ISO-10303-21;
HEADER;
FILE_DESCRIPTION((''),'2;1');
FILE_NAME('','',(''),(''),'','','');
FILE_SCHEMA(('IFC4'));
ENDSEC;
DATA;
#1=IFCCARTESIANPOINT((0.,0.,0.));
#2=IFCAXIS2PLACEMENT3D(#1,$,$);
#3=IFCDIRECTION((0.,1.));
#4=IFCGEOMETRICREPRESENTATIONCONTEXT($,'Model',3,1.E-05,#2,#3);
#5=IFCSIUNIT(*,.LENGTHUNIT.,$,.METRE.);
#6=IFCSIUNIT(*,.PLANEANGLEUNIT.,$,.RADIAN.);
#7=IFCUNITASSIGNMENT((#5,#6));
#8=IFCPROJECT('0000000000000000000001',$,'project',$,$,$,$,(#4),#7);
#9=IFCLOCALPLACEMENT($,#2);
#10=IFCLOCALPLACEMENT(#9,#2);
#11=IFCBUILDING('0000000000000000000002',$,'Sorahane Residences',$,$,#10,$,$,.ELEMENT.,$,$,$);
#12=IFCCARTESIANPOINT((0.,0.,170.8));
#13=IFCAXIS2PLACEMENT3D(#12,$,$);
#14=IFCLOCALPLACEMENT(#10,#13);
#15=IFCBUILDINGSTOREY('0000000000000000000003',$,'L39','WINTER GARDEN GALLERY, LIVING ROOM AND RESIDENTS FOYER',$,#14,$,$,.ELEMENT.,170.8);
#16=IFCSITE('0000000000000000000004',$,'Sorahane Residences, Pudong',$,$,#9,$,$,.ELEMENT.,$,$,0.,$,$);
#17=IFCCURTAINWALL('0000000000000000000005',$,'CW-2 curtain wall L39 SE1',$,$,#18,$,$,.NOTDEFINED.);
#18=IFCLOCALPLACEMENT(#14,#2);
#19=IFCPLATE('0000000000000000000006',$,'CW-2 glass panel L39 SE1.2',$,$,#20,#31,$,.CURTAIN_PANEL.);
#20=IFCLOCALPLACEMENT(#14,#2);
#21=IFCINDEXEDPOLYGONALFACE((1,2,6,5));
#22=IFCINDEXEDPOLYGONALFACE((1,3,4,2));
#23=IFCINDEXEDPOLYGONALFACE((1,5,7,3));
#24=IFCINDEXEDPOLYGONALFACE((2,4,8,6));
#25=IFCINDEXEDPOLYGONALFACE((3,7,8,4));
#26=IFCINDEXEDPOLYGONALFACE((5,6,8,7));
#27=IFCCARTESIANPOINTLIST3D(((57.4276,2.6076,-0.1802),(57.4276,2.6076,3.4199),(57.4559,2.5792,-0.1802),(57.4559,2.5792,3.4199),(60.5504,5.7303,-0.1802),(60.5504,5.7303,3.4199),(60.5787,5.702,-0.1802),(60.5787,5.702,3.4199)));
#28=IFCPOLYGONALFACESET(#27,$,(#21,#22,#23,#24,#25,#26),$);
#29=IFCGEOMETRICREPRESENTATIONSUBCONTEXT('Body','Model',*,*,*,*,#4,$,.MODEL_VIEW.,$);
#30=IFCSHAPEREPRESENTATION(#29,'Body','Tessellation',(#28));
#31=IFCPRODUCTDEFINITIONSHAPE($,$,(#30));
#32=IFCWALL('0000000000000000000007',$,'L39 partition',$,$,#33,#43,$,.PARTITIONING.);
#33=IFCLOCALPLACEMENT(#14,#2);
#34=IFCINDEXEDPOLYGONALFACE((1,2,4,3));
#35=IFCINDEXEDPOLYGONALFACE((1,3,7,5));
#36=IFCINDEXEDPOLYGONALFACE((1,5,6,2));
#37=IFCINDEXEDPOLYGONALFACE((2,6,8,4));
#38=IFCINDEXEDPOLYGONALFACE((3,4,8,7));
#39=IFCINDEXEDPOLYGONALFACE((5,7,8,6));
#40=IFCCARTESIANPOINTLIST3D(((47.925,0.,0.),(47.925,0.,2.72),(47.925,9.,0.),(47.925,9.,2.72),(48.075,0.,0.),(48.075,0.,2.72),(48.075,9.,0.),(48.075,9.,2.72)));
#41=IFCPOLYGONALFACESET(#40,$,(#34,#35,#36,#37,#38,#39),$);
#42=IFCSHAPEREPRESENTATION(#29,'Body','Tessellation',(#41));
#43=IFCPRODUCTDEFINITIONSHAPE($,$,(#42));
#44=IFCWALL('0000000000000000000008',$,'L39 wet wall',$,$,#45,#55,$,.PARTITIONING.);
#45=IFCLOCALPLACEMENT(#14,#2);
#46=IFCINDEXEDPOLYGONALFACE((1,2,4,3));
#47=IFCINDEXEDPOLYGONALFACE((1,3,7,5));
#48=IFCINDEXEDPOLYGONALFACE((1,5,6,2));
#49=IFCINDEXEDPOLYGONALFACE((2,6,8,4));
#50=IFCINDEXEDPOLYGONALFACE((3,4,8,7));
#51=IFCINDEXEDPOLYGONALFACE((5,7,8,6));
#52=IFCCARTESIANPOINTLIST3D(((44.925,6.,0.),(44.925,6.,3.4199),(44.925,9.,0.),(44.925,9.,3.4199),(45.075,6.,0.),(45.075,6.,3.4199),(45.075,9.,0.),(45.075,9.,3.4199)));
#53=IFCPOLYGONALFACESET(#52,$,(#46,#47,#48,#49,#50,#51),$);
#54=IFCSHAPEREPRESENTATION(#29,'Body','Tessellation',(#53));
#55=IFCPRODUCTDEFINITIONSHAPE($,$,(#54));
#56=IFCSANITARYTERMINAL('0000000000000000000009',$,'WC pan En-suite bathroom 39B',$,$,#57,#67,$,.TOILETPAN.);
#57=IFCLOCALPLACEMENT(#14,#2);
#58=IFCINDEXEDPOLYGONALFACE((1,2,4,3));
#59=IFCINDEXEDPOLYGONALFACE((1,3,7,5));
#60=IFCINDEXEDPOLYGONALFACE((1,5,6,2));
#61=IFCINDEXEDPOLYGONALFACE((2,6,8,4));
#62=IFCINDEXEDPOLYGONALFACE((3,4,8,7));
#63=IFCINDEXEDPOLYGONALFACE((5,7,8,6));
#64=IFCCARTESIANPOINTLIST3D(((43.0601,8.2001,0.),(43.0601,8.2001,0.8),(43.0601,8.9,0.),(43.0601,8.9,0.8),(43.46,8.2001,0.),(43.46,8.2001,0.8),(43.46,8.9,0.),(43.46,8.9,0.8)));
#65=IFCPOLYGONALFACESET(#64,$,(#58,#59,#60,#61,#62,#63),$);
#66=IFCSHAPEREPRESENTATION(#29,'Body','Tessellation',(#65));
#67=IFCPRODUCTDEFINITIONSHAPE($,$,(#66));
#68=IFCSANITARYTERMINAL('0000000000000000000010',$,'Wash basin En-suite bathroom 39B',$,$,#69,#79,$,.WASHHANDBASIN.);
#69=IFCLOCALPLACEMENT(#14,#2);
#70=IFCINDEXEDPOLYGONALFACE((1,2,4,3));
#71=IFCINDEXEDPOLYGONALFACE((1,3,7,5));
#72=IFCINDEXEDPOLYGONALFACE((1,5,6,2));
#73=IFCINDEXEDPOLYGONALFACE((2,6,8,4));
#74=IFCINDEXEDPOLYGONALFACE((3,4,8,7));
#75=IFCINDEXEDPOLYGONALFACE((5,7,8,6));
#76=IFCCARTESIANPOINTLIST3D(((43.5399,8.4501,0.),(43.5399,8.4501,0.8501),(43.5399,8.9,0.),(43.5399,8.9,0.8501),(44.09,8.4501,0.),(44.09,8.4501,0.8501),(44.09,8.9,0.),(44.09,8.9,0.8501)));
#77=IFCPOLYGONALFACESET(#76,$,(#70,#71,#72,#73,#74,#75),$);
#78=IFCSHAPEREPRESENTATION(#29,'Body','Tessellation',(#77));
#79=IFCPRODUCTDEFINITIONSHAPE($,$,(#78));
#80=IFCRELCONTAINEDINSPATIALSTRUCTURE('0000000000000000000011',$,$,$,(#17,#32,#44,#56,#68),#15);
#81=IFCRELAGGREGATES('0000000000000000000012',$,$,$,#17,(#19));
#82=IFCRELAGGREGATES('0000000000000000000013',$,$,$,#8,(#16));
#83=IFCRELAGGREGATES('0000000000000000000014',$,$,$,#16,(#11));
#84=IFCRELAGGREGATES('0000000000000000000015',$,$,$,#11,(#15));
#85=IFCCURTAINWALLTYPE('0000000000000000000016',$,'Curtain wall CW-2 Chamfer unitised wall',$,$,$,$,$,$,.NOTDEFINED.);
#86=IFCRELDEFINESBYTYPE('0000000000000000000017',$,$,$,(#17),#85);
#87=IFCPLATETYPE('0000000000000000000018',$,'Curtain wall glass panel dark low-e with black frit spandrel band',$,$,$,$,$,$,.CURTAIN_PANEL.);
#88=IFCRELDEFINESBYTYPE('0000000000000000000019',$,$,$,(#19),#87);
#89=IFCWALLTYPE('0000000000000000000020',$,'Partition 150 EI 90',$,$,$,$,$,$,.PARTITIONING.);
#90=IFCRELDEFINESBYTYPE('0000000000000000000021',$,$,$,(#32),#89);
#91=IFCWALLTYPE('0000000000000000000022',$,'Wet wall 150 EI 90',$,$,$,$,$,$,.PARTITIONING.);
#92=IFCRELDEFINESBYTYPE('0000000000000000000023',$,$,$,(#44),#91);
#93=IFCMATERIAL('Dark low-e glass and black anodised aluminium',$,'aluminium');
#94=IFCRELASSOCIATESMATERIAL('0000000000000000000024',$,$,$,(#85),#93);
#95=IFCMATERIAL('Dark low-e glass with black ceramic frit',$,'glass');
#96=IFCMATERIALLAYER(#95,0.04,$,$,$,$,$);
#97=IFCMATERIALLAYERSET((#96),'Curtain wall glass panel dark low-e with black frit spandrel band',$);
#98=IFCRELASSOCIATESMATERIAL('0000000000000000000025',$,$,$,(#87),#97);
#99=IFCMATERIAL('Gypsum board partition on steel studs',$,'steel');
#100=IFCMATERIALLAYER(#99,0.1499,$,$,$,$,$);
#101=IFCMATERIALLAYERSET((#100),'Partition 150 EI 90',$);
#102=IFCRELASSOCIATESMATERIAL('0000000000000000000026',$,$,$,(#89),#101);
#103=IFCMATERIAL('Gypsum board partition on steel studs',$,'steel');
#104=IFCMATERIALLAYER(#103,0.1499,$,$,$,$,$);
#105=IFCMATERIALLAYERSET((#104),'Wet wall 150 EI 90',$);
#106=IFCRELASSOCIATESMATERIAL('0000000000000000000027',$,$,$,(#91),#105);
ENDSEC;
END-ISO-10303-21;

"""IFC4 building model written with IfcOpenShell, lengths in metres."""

from ifc_helpers import new_model, si_unit, direction, frame, frame_2d, origin, origin_2d, place, context, subcontext, project, spatial, rectangle, extrude, material, layer, layer_set, type_object, element, aggregate, save


model = new_model("IFC4")

# Units and contexts
model_context = context("Model", 3, precision=1e-05, world=origin(), true_north=direction((0.0, 1.0)))
body_context = subcontext(model_context, "Body", "Model", "MODEL_VIEW")
ifc_project = project(units=[si_unit("LENGTHUNIT", "METRE"), si_unit("PLANEANGLEUNIT", "RADIAN")], contexts=[model_context])

# Site, building, storey
site_placement = place(None, origin())
site = spatial("IfcSite", under=ifc_project, at=site_placement, Name="Sorahane Residences, Pudong", CompositionType="ELEMENT", RefElevation=0.0)
building_placement = place(site_placement, origin())
building = spatial("IfcBuilding", under=site, at=building_placement, Name="Sorahane Residences", CompositionType="ELEMENT")
storey_placement = place(building_placement, frame((0.0, 0.0, 170.8)))
storey = spatial("IfcBuildingStorey", under=building, at=storey_placement, Name="L39", Description="WINTER GARDEN GALLERY, LIVING ROOM AND RESIDENTS FOYER", CompositionType="ELEMENT", Elevation=170.8)

# Curtain wall
ifc_material_1 = material(Name="Dark low-e glass and black anodised aluminium", Category="aluminium")
curtain_wall_type_1 = type_object("IfcCurtainWallType", Name="Curtain wall CW-2 Chamfer unitised wall", PredefinedType="NOTDEFINED", material=ifc_material_1)
curtain_wall_1_placement = place(storey_placement, origin())
curtain_wall_1 = element("IfcCurtainWall", 1, at=curtain_wall_1_placement, inside=storey, type_object=curtain_wall_type_1, Name="CW-2 curtain wall L39 SE1", PredefinedType="NOTDEFINED")

# Plate
ifc_material_2 = material(Name="Dark low-e glass with black ceramic frit", Category="glass")
ifc_layer_1 = layer(ifc_material_2, 0.04)
ifc_layer_set_1 = layer_set([ifc_layer_1], Name="Curtain wall glass panel dark low-e with black frit spandrel band")
plate_type = type_object("IfcPlateType", Name="Curtain wall glass panel dark low-e with black frit spandrel band", PredefinedType="CURTAIN_PANEL", material=ifc_layer_set_1)
plate_1_placement = place(storey_placement, frame((59.0032, 4.1548, -0.1802), z_axis=(0.0, 0.0, 1.0), x_axis=(0.707107, 0.707107, 0.0)))
plate_1 = element("IfcPlate", 2, at=plate_1_placement, type_object=plate_type, Name="CW-2 glass panel L39 SE1.2", PredefinedType="CURTAIN_PANEL", context=body_context, shape_type="SweptSolid", body=[
    extrude(rectangle(XDim=4.4163, YDim=0.04, at=origin_2d()), origin(), (0.0, 0.0, 1.0), 3.6001),
])
aggregate(curtain_wall_1, [plate_1])

# Wall
ifc_material_3 = material(Name="Gypsum board partition on steel studs", Category="steel")
ifc_layer_2 = layer(ifc_material_3, 0.1499)
ifc_layer_set_2 = layer_set([ifc_layer_2], Name="Partition 150 EI 90")
wall_type_1 = type_object("IfcWallType", Name="Partition 150 EI 90", PredefinedType="PARTITIONING", material=ifc_layer_set_2)
wall_1_placement = place(storey_placement, frame((48.0, 0.0, 0.0), z_axis=(0.0, 0.0, 1.0), x_axis=(0.0, 1.0, 0.0)))
element("IfcWall", 3, at=wall_1_placement, inside=storey, type_object=wall_type_1, Name="L39 partition", PredefinedType="PARTITIONING", context=body_context, shape_type="SweptSolid", body=[
    extrude(rectangle(XDim=9.0, YDim=0.1499, at=frame_2d((4.5, 0.0))), origin(), (0.0, 0.0, 1.0), 2.72),
])

# Wall
ifc_material_4 = material(Name="Gypsum board partition on steel studs", Category="steel")
ifc_layer_3 = layer(ifc_material_4, 0.1499)
ifc_layer_set_3 = layer_set([ifc_layer_3], Name="Wet wall 150 EI 90")
wall_type_2 = type_object("IfcWallType", Name="Wet wall 150 EI 90", PredefinedType="PARTITIONING", material=ifc_layer_set_3)
wall_2_placement = place(storey_placement, frame((45.0, 6.0, 0.0), z_axis=(0.0, 0.0, 1.0), x_axis=(0.0, 1.0, 0.0)))
element("IfcWall", 4, at=wall_2_placement, inside=storey, type_object=wall_type_2, Name="L39 wet wall", PredefinedType="PARTITIONING", context=body_context, shape_type="SweptSolid", body=[
    extrude(rectangle(XDim=3.0, YDim=0.1499, at=frame_2d((1.5, 0.0))), origin(), (0.0, 0.0, 1.0), 3.4199),
])

# Sanitary terminals
sanitary_terminal_1_placement = place(storey_placement, frame((43.26, 8.55, 0.0), z_axis=(0.0, 0.0, 1.0), x_axis=(1.0, 0.0, 0.0)))
element("IfcSanitaryTerminal", 5, at=sanitary_terminal_1_placement, inside=storey, Name="WC pan En-suite bathroom 39B", PredefinedType="TOILETPAN", context=body_context, shape_type="SweptSolid", body=[
    extrude(rectangle(XDim=0.3999, YDim=0.7, at=origin_2d()), origin(), (0.0, 0.0, 1.0), 0.8),
])
sanitary_terminal_2_placement = place(storey_placement, frame((43.8149, 8.675, 0.0), z_axis=(0.0, 0.0, 1.0), x_axis=(1.0, 0.0, 0.0)))
element("IfcSanitaryTerminal", 6, at=sanitary_terminal_2_placement, inside=storey, Name="Wash basin En-suite bathroom 39B", PredefinedType="WASHHANDBASIN", context=body_context, shape_type="SweptSolid", body=[
    extrude(rectangle(XDim=0.55, YDim=0.45, at=origin_2d()), origin(), (0.0, 0.0, 1.0), 0.8501),
])

save(model, "model.ifc")
